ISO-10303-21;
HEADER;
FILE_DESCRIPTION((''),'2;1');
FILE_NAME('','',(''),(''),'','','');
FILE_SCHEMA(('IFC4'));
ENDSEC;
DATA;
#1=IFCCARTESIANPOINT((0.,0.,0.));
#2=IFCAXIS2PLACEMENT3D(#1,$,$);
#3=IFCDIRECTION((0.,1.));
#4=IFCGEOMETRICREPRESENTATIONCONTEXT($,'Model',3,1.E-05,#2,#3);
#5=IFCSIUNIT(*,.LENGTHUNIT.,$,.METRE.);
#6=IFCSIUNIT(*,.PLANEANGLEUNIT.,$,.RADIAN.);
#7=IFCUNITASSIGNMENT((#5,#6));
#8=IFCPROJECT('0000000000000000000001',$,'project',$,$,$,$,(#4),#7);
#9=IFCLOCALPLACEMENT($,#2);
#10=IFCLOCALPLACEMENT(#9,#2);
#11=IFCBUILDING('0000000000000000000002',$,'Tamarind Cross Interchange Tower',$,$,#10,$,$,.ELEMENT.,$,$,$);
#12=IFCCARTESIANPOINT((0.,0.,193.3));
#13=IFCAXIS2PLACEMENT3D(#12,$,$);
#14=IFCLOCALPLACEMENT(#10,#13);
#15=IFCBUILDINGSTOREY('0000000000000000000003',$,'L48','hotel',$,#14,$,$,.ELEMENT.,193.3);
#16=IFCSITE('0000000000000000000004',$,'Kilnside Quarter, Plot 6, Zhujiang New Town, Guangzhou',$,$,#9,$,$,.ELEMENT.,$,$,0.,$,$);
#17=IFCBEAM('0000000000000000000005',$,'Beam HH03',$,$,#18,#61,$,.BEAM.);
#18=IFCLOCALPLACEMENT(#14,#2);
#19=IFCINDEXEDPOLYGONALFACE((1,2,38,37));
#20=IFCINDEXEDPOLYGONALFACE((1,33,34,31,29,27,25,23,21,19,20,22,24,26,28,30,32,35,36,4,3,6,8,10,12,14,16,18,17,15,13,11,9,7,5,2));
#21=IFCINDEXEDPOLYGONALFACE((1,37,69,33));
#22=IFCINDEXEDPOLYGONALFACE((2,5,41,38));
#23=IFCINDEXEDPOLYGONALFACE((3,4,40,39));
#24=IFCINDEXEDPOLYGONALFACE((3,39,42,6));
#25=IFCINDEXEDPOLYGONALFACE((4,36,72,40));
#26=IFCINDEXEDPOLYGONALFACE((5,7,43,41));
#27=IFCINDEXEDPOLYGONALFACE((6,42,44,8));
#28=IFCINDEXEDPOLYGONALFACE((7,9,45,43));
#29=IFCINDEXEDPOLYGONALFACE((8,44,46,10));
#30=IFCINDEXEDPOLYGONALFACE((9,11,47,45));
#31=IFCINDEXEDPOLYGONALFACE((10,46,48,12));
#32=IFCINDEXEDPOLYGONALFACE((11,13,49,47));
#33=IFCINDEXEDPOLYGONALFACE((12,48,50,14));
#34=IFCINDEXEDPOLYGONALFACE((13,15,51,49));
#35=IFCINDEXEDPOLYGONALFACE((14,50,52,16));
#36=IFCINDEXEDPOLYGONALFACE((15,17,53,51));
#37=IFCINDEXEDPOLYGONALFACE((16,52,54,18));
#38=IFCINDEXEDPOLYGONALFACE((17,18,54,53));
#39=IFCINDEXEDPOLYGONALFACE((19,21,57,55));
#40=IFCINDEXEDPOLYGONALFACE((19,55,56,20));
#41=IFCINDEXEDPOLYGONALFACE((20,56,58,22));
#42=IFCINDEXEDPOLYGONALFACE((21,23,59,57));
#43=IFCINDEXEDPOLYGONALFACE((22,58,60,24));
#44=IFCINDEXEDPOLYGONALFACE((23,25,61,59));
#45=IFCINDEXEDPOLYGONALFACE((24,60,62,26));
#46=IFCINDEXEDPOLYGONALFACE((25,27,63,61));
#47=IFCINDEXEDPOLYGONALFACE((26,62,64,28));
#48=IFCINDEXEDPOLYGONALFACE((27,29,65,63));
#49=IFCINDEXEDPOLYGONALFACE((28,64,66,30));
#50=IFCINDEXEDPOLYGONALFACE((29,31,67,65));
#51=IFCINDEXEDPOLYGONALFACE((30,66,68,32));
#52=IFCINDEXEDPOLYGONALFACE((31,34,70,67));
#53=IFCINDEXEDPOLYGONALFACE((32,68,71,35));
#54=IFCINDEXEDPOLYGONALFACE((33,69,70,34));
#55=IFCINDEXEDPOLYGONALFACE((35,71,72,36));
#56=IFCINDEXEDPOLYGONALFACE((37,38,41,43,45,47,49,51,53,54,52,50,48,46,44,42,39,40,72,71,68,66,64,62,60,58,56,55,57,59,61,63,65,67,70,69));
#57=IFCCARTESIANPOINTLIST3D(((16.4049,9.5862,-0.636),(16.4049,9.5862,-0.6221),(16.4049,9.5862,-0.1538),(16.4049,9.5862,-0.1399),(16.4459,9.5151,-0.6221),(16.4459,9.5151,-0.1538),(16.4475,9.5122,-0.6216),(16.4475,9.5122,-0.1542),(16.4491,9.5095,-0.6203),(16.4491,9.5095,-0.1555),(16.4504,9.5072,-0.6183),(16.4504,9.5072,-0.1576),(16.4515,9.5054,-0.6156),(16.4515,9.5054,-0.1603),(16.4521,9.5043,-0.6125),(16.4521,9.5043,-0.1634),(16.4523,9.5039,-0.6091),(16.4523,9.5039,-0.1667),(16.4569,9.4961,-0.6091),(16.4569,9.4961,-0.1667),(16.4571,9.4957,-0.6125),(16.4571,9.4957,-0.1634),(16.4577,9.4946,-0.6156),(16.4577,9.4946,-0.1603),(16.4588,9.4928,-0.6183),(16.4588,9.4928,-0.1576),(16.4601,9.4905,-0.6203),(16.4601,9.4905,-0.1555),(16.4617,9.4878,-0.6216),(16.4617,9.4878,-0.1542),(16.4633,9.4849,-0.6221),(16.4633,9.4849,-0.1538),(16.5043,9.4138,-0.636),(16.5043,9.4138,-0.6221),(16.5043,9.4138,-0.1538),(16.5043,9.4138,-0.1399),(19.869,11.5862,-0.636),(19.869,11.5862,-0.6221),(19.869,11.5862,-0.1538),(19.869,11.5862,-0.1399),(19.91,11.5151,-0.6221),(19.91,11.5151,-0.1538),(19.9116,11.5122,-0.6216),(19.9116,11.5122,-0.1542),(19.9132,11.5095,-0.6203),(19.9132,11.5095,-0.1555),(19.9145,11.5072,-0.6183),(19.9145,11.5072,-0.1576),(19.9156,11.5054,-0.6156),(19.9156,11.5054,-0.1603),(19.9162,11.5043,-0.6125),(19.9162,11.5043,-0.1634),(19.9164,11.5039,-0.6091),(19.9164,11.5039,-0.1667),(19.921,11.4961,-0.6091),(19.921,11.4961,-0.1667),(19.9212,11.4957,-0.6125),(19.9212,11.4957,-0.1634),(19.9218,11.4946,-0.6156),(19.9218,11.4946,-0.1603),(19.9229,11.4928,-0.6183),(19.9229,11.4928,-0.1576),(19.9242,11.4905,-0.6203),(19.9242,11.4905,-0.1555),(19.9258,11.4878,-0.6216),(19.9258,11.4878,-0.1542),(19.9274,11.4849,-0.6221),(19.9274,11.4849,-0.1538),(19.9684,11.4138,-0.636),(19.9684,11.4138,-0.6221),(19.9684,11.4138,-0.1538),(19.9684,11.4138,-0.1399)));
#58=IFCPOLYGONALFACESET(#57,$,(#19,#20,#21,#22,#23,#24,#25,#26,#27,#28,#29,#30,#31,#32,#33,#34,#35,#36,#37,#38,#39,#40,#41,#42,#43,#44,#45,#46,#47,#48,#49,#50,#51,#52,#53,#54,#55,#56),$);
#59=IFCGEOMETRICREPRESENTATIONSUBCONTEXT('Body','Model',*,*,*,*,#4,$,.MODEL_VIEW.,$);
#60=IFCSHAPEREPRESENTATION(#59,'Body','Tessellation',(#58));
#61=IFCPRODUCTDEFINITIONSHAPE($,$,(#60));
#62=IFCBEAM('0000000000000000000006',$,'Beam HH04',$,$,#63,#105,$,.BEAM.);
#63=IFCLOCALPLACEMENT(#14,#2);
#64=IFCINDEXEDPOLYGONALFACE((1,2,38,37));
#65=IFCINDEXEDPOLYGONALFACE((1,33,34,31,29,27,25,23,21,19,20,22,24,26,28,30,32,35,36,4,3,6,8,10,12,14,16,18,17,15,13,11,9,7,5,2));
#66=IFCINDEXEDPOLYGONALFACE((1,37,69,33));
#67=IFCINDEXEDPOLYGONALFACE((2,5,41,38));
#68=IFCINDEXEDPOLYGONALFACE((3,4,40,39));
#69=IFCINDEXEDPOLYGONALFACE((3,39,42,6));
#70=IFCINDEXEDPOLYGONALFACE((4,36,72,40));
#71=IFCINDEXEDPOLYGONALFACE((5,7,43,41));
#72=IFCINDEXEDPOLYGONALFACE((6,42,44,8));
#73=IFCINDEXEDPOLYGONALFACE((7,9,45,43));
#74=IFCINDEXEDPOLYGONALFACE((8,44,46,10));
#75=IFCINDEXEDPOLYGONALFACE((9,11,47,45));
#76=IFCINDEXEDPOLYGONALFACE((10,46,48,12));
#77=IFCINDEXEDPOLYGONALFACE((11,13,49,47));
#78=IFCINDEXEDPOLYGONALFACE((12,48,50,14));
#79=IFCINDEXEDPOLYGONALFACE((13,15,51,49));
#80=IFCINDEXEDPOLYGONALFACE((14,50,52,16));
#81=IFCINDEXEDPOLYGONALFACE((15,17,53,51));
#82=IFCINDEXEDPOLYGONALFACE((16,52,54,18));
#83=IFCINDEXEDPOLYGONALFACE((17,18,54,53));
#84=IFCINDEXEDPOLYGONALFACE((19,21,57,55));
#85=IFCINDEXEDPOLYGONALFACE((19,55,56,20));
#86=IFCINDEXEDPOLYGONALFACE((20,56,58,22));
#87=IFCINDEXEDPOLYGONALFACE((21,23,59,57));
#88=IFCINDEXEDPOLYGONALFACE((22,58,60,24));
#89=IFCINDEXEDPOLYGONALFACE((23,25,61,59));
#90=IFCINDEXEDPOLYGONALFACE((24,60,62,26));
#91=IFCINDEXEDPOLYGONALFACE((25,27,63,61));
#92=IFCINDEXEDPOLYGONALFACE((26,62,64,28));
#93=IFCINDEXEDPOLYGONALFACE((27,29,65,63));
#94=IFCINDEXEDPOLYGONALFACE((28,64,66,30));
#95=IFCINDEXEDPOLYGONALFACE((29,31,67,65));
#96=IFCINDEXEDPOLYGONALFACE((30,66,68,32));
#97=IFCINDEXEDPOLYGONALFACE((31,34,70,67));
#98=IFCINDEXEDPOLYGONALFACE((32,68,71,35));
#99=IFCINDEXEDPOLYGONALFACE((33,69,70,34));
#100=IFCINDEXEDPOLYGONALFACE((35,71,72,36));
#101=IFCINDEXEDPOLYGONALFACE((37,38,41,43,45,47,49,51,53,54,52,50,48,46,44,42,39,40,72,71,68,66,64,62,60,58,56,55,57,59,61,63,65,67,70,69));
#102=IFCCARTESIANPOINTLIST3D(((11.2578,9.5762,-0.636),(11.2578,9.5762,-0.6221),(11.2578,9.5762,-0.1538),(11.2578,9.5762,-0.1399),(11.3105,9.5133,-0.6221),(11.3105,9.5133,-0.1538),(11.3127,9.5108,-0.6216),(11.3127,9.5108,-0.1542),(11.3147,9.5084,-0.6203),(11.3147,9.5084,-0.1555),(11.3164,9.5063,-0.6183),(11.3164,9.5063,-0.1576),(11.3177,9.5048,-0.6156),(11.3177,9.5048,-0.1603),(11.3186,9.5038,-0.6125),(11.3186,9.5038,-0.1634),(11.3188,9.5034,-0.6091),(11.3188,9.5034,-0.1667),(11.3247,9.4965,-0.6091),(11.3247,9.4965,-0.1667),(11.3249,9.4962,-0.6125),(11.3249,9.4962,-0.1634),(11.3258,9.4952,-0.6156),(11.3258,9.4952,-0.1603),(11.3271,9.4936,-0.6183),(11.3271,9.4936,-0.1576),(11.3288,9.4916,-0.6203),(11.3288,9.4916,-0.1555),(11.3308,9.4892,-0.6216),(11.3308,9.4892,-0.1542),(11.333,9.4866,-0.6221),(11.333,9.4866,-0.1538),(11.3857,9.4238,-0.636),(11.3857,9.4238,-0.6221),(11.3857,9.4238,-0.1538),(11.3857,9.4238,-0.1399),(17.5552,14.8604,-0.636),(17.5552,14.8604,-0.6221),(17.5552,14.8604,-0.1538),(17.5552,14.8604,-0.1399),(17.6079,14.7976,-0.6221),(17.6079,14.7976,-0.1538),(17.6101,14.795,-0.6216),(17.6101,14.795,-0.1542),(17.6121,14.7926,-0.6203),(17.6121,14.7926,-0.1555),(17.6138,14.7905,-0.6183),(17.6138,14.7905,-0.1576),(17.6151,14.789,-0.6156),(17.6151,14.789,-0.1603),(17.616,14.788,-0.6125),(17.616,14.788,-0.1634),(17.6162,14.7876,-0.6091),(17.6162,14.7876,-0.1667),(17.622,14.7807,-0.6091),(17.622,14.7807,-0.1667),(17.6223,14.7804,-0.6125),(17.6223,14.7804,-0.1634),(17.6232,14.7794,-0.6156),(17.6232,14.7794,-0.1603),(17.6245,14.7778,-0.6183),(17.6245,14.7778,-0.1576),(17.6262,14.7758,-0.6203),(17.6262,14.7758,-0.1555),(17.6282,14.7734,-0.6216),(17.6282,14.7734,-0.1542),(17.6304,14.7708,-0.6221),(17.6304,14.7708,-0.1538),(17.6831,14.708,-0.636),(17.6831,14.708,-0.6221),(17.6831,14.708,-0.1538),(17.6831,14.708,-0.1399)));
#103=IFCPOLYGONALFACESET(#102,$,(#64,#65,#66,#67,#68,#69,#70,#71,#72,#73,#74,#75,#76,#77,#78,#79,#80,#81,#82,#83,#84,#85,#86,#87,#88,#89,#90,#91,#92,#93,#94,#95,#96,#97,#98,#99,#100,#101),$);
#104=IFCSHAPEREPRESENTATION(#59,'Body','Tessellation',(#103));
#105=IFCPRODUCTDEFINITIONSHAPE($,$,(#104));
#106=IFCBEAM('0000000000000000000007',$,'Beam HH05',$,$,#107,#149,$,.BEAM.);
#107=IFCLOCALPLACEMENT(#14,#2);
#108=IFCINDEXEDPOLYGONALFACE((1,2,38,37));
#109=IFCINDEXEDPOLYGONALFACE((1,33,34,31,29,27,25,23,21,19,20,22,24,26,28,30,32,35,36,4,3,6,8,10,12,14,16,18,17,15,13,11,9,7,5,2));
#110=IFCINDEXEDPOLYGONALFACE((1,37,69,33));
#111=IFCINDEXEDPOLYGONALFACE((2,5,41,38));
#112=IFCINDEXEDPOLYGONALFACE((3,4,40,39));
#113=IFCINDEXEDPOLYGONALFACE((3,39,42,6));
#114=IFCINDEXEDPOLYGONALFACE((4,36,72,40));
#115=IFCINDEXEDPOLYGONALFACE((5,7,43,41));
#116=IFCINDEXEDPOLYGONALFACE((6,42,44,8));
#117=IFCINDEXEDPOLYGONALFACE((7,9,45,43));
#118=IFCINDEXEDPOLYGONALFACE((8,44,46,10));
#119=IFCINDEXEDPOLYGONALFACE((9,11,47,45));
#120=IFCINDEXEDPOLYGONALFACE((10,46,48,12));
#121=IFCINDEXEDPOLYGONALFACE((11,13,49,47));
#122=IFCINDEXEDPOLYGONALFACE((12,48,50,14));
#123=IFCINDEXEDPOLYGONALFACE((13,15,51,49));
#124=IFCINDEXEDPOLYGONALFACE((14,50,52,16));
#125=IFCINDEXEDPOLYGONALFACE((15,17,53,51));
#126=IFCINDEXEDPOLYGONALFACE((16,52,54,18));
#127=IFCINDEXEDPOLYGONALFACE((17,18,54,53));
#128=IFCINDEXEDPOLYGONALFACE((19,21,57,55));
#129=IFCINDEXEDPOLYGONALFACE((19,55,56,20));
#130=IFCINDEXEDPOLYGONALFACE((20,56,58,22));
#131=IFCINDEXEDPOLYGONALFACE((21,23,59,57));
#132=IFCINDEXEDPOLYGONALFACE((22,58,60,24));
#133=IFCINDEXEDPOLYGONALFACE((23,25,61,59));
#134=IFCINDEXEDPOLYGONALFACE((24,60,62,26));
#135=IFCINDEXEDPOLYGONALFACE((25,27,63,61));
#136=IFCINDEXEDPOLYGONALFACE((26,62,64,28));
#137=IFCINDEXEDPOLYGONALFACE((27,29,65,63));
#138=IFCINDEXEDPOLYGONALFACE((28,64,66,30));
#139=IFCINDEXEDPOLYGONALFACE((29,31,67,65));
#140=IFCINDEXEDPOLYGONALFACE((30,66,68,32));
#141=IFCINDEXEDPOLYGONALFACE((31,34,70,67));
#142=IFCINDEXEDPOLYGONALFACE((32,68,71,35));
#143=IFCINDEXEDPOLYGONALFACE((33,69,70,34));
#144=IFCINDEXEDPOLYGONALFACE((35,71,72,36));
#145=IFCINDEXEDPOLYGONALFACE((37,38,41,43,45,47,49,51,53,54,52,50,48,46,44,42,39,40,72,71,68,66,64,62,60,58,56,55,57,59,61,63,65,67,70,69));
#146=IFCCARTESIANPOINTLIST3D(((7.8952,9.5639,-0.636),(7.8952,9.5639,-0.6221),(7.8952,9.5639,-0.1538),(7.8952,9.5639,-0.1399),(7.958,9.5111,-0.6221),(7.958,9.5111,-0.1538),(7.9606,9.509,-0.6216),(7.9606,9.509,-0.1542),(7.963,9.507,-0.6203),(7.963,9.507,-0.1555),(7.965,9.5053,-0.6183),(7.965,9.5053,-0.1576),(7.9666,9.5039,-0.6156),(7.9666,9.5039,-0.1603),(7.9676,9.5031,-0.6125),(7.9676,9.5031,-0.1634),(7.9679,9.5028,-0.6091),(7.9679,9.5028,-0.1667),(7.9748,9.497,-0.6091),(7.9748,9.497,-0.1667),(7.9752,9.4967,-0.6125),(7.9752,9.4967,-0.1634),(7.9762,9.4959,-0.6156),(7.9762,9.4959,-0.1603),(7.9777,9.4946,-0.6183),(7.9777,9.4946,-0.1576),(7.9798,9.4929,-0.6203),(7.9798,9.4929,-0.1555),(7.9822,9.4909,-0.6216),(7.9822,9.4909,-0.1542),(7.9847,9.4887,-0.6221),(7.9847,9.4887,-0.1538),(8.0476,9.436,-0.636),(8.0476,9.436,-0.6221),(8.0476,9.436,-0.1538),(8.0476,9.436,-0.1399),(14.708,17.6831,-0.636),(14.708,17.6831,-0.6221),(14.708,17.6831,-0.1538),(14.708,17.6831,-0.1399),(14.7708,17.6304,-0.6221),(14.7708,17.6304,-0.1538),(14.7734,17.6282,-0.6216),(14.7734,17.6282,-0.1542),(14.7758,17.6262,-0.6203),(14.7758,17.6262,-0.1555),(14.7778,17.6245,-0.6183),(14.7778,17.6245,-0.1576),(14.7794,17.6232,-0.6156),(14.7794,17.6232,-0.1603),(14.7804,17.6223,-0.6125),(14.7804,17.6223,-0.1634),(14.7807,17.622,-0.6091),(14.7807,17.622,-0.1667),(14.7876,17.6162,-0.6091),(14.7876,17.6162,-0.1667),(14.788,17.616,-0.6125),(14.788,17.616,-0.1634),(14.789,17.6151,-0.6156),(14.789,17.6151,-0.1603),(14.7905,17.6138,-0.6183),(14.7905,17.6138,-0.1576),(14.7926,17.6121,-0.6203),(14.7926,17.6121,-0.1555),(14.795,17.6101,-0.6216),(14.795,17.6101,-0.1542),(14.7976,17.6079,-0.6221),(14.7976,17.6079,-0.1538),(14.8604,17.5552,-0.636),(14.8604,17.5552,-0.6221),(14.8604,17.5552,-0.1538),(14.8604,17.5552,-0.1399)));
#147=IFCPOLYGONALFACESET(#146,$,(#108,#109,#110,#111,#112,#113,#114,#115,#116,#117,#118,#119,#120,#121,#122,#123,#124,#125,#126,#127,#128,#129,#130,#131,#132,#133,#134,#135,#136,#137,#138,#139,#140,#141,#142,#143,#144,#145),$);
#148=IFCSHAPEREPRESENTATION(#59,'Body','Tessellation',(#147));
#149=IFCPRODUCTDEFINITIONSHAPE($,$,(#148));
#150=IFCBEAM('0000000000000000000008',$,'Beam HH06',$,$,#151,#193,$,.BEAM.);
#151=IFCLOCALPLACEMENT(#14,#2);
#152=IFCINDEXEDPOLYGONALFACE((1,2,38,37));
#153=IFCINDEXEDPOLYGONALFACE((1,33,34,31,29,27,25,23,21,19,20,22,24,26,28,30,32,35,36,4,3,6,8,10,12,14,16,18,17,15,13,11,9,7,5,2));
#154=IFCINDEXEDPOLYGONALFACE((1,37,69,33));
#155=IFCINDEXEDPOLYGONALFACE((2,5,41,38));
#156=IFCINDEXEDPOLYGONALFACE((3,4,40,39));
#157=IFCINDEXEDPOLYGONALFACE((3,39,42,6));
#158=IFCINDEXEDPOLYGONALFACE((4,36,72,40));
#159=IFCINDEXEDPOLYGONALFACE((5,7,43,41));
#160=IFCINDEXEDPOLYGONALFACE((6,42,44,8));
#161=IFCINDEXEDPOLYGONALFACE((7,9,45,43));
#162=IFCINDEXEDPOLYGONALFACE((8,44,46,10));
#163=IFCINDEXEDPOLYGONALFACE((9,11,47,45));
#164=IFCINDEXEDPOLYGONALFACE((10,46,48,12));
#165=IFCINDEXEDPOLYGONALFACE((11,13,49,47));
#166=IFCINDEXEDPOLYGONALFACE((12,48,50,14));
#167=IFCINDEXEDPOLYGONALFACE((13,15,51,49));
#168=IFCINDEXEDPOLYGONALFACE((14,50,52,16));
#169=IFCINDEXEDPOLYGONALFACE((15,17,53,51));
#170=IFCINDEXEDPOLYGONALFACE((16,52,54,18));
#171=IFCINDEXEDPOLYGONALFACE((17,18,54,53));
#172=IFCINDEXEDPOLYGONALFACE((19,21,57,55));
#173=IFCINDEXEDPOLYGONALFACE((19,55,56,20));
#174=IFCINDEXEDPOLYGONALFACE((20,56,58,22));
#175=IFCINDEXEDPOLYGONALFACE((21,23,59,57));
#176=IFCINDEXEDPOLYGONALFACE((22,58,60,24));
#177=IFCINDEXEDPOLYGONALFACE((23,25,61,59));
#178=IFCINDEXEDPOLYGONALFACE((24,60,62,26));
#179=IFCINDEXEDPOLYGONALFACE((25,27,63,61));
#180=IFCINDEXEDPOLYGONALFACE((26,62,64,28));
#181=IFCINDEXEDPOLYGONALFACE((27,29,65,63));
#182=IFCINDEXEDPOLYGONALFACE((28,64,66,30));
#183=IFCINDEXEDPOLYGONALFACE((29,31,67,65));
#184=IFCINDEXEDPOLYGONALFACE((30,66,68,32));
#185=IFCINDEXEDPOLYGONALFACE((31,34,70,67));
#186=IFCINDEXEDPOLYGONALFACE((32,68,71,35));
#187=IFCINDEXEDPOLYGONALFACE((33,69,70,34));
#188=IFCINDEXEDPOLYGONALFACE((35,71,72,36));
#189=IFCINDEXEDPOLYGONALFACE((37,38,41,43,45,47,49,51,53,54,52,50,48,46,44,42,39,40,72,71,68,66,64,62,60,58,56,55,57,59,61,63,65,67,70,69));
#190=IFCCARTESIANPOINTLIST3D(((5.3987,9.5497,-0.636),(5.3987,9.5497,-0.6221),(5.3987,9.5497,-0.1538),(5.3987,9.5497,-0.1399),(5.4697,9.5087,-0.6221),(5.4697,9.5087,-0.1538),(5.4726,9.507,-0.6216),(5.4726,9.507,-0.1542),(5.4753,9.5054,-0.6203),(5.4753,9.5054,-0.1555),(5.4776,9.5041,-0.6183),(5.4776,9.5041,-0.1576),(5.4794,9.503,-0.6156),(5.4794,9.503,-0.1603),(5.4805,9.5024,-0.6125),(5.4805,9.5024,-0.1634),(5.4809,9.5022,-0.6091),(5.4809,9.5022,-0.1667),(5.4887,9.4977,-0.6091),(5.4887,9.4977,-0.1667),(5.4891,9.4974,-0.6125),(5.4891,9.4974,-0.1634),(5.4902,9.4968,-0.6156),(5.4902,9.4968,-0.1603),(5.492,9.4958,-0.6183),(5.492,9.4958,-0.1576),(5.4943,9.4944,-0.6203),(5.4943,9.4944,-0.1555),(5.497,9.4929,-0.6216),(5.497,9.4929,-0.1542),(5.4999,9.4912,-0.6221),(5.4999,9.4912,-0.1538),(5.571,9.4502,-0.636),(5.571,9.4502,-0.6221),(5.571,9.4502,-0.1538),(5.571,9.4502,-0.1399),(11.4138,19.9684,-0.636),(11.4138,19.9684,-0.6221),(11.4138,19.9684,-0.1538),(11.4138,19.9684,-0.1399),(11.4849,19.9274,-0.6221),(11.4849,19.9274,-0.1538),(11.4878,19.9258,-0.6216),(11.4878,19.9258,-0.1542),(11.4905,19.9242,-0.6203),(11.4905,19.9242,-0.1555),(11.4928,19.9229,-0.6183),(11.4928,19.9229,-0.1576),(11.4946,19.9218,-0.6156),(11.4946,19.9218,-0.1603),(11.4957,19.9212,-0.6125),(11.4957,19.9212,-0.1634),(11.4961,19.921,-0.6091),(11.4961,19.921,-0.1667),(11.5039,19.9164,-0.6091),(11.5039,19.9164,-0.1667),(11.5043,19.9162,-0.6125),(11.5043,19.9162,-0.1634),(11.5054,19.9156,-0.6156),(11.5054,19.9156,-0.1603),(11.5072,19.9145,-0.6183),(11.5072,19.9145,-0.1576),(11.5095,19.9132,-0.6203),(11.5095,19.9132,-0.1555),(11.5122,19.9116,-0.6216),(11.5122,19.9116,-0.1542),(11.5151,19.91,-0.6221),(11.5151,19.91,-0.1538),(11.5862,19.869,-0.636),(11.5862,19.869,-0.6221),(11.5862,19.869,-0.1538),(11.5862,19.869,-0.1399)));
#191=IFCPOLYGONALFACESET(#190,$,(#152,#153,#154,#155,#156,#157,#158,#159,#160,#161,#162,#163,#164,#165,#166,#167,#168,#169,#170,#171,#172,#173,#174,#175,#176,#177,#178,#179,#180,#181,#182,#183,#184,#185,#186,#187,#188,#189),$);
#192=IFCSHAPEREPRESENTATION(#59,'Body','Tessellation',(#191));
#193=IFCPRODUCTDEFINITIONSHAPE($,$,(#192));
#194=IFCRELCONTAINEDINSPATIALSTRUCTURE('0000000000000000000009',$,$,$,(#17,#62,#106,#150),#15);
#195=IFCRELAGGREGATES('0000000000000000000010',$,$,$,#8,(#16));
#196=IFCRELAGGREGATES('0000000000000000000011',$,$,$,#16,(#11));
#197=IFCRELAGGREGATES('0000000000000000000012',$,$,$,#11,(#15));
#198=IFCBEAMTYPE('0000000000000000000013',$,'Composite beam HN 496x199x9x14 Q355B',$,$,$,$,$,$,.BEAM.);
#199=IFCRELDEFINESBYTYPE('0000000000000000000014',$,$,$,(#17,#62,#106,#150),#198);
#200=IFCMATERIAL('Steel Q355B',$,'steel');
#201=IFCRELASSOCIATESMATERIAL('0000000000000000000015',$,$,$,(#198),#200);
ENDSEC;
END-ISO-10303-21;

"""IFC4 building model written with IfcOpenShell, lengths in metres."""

from ifc_helpers import new_model, si_unit, direction, frame, origin, origin_2d, place, context, subcontext, project, spatial, i_section, extrude, material, material_profile, profile_set, type_object, element, save


model = new_model("IFC4")

# Units and contexts
model_context = context("Model", 3, precision=1e-05, world=origin(), true_north=direction((0.0, 1.0)))
body_context = subcontext(model_context, "Body", "Model", "MODEL_VIEW")
ifc_project = project(units=[si_unit("LENGTHUNIT", "METRE"), si_unit("PLANEANGLEUNIT", "RADIAN")], contexts=[model_context])

# Site, building, storey
site_placement = place(None, origin())
site = spatial("IfcSite", under=ifc_project, at=site_placement, Name="Kilnside Quarter, Plot 6, Zhujiang New Town, Guangzhou", CompositionType="ELEMENT", RefElevation=0.0)
building_placement = place(site_placement, origin())
building = spatial("IfcBuilding", under=site, at=building_placement, Name="Tamarind Cross Interchange Tower", CompositionType="ELEMENT")
storey_placement = place(building_placement, frame((0.0, 0.0, 193.3)))
storey = spatial("IfcBuildingStorey", under=building, at=storey_placement, Name="L48", Description="hotel", CompositionType="ELEMENT", Elevation=193.3)

# Beams
ifc_material_1 = material(Name="Steel Q355B", Category="steel")
ifc_material_profile_1 = material_profile(ifc_material_1, i_section(OverallWidth=0.199, OverallDepth=0.4961, WebThickness=0.009, FlangeThickness=0.0139, FilletRadius=0.0129, at=origin_2d()), Name="HN 496x199x9x14")
ifc_profile_set_1 = profile_set([ifc_material_profile_1], Name="Steel Q355B")
beam_type = type_object("IfcBeamType", Name="Composite beam HN 496x199x9x14 Q355B", PredefinedType="BEAM", material=ifc_profile_set_1)
beam_1_placement = place(storey_placement, frame((19.9187, 11.5, -0.3879), z_axis=(-0.866026, -0.499999, 0.0), x_axis=(0.499999, -0.866026, 0.0)))
element("IfcBeam", 1, at=beam_1_placement, inside=storey, type_object=beam_type, Name="Beam HH03", PredefinedType="BEAM", context=body_context, shape_type="SweptSolid", body=[
    extrude(i_section(OverallWidth=0.199, OverallDepth=0.4961, WebThickness=0.009, FlangeThickness=0.0139, FilletRadius=0.0129, at=origin_2d()), origin(), (0.0, 0.0, 1.0), 4.0),
])
beam_2_placement = place(storey_placement, frame((17.6191, 14.7842, -0.3879), z_axis=(-0.766041, -0.642792, 0.0), x_axis=(0.642792, -0.766041, 0.0)))
element("IfcBeam", 2, at=beam_2_placement, inside=storey, type_object=beam_type, Name="Beam HH04", PredefinedType="BEAM", context=body_context, shape_type="SweptSolid", body=[
    extrude(i_section(OverallWidth=0.199, OverallDepth=0.4961, WebThickness=0.009, FlangeThickness=0.0139, FilletRadius=0.0129, at=origin_2d()), origin(), (0.0, 0.0, 1.0), 8.2207),
])
beam_3_placement = place(storey_placement, frame((14.7842, 17.6191, -0.3879), z_axis=(-0.642786, -0.766046, 0.0), x_axis=(0.766046, -0.642786, 0.0)))
element("IfcBeam", 3, at=beam_3_placement, inside=storey, type_object=beam_type, Name="Beam HH05", PredefinedType="BEAM", context=body_context, shape_type="SweptSolid", body=[
    extrude(i_section(OverallWidth=0.199, OverallDepth=0.4961, WebThickness=0.009, FlangeThickness=0.0139, FilletRadius=0.0129, at=origin_2d()), origin(), (0.0, 0.0, 1.0), 10.5989),
])
beam_4_placement = place(storey_placement, frame((11.5, 19.9187, -0.3879), z_axis=(-0.499994, -0.866029, 0.0), x_axis=(0.866029, -0.499994, 0.0)))
element("IfcBeam", 4, at=beam_4_placement, inside=storey, type_object=beam_type, Name="Beam HH06", PredefinedType="BEAM", context=body_context, shape_type="SweptSolid", body=[
    extrude(i_section(OverallWidth=0.199, OverallDepth=0.4961, WebThickness=0.009, FlangeThickness=0.0139, FilletRadius=0.0129, at=origin_2d()), origin(), (0.0, 0.0, 1.0), 12.0305),
])

save(model, "model.ifc")
